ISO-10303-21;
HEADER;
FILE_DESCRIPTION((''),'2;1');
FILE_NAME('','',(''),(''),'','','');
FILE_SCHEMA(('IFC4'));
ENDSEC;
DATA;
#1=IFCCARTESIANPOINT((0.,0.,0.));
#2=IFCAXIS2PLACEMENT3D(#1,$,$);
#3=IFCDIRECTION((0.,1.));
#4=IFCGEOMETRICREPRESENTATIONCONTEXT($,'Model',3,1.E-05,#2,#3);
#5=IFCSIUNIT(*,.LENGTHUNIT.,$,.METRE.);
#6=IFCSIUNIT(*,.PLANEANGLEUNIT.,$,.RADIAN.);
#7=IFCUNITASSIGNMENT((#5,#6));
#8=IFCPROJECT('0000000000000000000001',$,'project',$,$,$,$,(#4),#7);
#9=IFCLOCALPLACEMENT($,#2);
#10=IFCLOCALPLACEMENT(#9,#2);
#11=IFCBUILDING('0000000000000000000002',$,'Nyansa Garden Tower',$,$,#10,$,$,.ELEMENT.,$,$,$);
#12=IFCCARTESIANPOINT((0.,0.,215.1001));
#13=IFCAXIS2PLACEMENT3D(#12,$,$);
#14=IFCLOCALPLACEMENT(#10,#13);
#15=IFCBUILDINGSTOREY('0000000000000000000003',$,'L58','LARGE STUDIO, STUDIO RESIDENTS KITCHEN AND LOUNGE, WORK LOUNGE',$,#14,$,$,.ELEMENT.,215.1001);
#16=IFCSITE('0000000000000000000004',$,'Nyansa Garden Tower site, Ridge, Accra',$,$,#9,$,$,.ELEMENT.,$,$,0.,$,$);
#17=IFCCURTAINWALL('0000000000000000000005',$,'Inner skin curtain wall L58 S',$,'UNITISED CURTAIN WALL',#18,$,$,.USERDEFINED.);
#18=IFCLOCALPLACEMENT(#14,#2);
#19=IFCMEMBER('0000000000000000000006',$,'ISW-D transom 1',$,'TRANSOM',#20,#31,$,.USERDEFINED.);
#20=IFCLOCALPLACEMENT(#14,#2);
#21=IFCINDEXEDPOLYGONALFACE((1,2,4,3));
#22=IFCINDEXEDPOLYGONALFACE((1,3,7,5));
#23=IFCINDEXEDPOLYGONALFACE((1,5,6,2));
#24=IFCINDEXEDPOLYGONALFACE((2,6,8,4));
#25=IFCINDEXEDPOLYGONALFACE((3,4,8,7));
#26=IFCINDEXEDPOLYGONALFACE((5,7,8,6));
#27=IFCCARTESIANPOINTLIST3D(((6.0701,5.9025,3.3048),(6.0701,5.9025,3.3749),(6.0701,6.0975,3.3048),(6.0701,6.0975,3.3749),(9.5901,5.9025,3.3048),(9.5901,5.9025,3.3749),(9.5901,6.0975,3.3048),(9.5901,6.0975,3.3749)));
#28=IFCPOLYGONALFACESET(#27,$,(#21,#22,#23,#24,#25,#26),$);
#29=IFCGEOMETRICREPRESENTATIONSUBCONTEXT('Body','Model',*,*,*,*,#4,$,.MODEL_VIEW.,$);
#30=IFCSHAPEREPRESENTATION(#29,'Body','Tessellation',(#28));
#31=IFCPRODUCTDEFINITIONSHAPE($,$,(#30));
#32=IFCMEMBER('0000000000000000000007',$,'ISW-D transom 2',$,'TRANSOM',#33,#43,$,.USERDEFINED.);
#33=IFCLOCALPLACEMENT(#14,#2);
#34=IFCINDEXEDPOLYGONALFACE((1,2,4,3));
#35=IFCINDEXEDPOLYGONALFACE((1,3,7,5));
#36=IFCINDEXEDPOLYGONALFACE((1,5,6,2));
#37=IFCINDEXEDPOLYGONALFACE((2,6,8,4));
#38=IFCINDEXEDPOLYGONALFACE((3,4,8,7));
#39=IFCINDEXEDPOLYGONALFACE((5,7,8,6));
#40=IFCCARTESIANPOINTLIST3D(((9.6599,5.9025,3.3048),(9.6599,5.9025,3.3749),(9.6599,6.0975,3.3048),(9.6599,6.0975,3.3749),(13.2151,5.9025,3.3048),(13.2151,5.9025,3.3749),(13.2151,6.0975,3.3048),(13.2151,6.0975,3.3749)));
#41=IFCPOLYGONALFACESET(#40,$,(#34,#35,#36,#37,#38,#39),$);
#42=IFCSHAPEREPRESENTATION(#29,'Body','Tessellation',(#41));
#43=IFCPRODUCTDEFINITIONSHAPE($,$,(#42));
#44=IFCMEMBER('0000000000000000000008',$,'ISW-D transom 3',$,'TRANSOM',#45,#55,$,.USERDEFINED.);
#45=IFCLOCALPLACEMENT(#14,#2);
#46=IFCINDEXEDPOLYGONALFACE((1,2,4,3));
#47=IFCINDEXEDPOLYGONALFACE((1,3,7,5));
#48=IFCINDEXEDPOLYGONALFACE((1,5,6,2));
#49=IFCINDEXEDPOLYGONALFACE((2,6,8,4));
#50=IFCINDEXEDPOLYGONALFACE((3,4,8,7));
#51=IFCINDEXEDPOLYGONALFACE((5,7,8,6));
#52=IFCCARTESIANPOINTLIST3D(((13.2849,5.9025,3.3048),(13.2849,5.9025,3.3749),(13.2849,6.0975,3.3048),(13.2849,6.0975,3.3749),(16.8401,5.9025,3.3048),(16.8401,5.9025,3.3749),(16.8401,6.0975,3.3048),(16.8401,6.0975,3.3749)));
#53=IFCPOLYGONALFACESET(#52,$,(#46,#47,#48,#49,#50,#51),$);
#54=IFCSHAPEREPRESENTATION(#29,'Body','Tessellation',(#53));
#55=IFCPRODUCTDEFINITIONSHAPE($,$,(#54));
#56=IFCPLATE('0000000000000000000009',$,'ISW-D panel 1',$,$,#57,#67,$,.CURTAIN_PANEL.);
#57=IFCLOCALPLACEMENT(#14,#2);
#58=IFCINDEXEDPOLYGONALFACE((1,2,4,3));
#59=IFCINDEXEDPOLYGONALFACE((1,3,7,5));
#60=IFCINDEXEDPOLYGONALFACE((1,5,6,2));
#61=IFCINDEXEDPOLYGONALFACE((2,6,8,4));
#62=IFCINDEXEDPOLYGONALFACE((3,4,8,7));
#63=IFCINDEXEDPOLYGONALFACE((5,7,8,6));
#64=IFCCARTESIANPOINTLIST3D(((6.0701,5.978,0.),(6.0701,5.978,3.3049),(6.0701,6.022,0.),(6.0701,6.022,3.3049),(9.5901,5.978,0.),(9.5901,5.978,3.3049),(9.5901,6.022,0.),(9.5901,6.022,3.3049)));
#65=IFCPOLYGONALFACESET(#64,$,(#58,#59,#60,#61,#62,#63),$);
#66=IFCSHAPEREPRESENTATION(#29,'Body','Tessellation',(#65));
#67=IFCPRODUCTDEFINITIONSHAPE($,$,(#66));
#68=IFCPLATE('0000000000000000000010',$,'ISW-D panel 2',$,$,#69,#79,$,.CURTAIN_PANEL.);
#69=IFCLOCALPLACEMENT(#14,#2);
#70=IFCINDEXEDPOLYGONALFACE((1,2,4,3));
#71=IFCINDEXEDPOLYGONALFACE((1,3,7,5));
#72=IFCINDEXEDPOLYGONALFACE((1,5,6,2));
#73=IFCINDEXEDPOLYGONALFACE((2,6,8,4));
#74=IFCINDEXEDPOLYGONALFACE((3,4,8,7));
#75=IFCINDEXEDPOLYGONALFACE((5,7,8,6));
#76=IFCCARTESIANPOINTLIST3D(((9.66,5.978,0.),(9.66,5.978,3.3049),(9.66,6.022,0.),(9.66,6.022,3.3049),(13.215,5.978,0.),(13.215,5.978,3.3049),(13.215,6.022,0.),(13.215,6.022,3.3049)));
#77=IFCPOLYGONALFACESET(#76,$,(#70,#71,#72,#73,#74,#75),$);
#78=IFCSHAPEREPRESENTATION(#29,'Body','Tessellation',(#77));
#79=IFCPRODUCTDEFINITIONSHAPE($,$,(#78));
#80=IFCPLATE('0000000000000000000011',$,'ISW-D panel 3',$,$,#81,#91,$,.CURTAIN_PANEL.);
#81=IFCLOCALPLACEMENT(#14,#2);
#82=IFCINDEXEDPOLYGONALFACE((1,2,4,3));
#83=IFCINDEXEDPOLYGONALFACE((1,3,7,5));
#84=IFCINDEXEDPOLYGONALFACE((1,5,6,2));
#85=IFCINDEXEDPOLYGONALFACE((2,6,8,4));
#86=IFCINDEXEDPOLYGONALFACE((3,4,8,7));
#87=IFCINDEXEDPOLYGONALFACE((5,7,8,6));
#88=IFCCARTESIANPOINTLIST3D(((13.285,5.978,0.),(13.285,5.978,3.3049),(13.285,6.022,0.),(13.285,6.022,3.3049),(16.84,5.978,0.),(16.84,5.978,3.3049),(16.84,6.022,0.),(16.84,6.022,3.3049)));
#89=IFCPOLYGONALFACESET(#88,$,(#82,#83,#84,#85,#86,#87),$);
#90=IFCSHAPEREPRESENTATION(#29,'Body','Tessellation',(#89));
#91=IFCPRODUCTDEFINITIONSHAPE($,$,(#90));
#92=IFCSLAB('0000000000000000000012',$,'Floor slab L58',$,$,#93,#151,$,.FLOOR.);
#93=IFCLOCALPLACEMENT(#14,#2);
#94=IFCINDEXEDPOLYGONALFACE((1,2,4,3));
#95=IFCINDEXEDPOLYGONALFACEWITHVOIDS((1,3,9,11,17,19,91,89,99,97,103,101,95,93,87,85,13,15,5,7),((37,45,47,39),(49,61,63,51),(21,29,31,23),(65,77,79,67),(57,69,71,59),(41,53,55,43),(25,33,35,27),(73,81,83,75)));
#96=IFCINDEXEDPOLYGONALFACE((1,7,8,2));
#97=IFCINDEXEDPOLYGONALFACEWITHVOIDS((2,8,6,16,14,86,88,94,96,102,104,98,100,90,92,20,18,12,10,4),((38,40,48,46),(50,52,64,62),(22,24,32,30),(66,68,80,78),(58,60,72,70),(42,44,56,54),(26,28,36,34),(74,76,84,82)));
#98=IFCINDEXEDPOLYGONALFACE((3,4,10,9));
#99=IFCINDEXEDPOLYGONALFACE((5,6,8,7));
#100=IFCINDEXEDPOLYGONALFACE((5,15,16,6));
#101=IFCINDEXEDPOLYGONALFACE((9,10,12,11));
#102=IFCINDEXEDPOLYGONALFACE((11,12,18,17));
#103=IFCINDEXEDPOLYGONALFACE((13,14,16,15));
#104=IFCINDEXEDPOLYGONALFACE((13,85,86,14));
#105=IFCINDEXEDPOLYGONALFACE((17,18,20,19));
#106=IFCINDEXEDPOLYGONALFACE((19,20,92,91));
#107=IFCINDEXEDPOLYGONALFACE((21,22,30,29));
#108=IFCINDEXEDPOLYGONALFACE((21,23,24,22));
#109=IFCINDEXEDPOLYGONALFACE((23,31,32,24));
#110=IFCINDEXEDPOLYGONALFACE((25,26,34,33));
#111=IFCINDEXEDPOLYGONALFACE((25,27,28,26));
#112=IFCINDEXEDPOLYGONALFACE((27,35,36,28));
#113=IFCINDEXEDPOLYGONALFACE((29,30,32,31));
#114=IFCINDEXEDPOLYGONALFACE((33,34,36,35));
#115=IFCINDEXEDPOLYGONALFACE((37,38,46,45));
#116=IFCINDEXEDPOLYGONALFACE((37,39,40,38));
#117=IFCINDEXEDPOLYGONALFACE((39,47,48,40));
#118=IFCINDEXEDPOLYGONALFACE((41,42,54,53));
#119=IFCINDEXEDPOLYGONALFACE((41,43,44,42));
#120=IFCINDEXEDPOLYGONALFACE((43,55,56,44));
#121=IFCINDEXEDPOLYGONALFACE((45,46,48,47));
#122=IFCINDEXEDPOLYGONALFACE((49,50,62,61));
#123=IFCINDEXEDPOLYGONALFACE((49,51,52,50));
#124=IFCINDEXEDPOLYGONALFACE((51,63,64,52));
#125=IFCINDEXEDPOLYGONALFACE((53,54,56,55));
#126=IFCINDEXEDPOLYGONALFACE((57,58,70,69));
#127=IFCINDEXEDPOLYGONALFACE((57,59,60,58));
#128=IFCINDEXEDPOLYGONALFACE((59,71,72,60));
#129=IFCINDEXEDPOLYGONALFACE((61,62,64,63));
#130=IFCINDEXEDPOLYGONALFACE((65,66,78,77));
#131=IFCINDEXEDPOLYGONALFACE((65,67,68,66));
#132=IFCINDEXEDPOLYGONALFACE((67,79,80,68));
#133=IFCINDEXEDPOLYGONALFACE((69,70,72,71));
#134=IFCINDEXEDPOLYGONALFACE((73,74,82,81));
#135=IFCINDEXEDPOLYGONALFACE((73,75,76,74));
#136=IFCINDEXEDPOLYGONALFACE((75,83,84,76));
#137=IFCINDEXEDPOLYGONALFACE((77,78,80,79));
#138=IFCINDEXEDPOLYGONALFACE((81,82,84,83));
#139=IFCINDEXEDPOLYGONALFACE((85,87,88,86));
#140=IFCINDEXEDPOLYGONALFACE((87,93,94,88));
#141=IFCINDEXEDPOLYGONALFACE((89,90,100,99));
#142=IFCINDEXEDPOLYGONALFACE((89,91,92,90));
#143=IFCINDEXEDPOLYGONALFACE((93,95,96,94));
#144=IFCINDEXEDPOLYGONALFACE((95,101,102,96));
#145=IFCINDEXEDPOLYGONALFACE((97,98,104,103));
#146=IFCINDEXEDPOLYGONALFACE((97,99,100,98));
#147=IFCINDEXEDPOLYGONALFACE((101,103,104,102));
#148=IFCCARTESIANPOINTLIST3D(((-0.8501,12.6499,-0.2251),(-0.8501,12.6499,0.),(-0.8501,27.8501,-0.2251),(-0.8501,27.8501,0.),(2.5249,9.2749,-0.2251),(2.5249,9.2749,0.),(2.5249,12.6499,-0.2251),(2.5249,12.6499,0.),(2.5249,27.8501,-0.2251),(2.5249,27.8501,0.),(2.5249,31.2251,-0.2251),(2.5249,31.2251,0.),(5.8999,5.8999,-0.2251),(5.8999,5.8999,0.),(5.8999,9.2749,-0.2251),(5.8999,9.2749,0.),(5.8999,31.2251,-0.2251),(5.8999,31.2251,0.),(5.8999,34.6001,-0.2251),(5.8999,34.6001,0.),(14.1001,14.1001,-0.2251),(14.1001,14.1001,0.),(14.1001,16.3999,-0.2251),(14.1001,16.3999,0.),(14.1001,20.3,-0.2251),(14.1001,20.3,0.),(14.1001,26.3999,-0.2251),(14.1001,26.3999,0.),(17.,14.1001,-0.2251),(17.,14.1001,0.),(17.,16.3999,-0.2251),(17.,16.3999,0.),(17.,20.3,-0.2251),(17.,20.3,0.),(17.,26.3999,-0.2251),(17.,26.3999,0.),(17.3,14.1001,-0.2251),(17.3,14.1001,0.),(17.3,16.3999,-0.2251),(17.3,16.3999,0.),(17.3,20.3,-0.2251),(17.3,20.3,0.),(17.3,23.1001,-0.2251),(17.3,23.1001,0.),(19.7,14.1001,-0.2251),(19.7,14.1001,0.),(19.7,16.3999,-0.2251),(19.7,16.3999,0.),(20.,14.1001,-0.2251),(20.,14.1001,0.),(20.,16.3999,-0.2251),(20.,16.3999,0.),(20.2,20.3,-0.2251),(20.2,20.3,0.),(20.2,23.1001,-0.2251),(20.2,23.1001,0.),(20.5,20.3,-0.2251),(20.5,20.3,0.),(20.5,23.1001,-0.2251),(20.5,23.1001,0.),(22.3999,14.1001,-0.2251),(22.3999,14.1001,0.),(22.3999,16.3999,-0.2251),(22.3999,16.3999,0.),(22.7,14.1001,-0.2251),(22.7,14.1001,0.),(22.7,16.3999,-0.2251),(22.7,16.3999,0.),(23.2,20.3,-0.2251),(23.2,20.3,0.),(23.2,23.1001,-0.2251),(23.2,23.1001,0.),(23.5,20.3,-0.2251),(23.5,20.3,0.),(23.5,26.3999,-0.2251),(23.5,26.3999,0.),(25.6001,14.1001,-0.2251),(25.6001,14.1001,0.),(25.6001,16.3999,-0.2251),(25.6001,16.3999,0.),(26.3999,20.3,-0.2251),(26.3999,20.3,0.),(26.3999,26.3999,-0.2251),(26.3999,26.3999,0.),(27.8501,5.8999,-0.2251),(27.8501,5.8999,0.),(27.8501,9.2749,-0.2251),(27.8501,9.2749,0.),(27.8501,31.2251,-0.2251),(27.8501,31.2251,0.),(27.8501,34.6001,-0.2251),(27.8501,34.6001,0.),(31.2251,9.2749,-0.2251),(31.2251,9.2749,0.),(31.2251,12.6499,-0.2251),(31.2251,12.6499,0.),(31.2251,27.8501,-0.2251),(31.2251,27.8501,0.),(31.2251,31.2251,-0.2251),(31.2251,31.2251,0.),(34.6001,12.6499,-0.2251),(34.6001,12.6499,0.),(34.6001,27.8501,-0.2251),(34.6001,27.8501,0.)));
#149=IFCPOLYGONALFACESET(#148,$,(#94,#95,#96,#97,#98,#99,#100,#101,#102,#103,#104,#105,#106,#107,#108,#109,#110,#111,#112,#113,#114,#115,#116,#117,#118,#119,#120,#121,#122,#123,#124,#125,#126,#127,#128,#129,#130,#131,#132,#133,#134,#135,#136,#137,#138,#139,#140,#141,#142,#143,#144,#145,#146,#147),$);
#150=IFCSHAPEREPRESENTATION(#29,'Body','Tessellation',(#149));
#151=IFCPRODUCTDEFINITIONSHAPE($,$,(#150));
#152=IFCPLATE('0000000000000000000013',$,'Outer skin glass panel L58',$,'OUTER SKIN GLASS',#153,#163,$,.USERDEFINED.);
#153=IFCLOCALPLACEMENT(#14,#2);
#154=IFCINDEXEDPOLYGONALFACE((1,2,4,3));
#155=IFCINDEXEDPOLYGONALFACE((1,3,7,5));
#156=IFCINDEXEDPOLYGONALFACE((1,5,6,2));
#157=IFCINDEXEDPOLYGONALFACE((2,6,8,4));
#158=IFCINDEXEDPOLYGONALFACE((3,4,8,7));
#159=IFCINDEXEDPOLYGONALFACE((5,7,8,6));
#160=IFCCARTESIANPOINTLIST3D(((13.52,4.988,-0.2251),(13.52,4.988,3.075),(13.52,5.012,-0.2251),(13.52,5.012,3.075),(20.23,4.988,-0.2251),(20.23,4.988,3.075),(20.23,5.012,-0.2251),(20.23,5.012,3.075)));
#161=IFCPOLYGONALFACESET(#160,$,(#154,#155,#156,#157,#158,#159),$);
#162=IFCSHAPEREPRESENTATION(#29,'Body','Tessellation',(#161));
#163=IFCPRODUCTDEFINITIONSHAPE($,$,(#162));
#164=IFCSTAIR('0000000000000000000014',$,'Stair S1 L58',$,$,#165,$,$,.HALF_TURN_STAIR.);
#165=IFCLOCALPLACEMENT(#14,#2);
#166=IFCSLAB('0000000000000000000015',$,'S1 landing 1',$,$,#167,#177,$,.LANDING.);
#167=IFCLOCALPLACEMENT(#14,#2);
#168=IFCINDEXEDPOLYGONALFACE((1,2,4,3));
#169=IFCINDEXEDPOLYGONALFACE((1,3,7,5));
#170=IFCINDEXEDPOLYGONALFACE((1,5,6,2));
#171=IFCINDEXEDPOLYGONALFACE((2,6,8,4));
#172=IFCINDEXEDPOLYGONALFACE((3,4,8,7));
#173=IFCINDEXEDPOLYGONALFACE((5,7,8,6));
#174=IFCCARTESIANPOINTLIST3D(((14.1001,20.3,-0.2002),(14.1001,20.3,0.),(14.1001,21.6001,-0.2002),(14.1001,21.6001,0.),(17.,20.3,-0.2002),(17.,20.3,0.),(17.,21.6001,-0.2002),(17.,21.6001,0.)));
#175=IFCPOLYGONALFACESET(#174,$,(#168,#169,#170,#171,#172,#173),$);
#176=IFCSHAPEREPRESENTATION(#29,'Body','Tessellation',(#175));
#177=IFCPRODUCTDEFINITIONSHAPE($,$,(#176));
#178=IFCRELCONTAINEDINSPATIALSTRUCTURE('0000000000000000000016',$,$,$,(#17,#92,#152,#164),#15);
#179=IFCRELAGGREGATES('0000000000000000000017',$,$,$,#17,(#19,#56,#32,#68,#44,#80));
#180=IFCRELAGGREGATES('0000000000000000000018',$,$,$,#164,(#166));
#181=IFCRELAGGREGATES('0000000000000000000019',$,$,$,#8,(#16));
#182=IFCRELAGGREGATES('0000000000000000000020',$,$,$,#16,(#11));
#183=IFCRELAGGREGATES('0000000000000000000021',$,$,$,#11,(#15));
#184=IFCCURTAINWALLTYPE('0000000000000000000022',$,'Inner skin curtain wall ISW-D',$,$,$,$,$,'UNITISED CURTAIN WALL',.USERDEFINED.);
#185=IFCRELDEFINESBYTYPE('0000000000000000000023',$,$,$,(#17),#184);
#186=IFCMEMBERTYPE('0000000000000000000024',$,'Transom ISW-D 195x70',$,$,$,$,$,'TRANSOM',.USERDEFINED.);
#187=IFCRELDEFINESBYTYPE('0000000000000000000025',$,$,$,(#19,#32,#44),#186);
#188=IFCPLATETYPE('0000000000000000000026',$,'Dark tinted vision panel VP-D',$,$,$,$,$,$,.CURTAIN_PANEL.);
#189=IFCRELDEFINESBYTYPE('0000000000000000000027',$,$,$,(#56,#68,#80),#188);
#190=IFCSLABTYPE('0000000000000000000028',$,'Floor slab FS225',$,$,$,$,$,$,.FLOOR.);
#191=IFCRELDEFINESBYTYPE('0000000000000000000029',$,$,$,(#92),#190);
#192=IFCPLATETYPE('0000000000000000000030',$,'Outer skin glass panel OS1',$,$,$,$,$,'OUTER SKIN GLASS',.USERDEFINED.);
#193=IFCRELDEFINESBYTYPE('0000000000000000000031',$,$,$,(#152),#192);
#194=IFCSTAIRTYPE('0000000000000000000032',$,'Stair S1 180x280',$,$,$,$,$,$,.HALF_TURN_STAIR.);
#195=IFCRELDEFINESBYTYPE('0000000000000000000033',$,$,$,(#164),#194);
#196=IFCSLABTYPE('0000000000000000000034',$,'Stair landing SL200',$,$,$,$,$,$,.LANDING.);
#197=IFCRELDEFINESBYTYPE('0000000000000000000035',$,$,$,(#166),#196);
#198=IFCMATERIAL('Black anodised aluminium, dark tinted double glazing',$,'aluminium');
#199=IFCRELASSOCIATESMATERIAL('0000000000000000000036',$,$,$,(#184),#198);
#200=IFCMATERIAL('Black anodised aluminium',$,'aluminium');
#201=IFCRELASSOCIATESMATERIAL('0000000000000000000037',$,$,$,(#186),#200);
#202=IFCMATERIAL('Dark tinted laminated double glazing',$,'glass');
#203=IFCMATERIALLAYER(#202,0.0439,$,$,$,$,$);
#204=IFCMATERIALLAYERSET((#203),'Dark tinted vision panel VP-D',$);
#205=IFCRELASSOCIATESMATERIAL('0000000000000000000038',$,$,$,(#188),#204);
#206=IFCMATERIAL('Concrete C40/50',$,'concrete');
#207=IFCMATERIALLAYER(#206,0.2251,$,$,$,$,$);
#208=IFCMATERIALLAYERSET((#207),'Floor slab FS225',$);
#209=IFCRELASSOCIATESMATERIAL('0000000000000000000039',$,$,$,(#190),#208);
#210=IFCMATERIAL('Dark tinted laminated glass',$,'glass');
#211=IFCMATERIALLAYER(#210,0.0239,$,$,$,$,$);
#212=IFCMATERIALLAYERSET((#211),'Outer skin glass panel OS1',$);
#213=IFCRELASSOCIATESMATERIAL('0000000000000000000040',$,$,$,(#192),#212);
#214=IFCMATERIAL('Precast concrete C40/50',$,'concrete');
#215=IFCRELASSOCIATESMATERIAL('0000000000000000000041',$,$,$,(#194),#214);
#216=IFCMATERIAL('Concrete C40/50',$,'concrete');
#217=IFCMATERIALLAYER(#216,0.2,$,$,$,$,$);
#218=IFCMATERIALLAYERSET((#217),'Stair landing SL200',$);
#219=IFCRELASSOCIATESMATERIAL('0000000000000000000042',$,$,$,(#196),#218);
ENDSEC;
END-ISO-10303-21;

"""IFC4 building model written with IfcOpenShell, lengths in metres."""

from ifc_helpers import new_model, si_unit, direction, frame, origin, origin_2d, place, context, subcontext, project, spatial, polyline, rectangle, outline, extrude, material, layer, layer_set, material_profile, profile_set, type_object, element, aggregate, save


model = new_model("IFC4")

# Units and contexts
model_context = context("Model", 3, precision=1e-05, world=origin(), true_north=direction((0.0, 1.0)))
body_context = subcontext(model_context, "Body", "Model", "MODEL_VIEW")
ifc_project = project(units=[si_unit("LENGTHUNIT", "METRE"), si_unit("PLANEANGLEUNIT", "RADIAN")], contexts=[model_context])

# Site, building, storey
site_placement = place(None, origin())
site = spatial("IfcSite", under=ifc_project, at=site_placement, Name="Nyansa Garden Tower site, Ridge, Accra", CompositionType="ELEMENT", RefElevation=0.0)
building_placement = place(site_placement, origin())
building = spatial("IfcBuilding", under=site, at=building_placement, Name="Nyansa Garden Tower", CompositionType="ELEMENT")
storey_placement = place(building_placement, frame((0.0, 0.0, 215.1001)))
storey = spatial("IfcBuildingStorey", under=building, at=storey_placement, Name="L58", Description="LARGE STUDIO, STUDIO RESIDENTS KITCHEN AND LOUNGE, WORK LOUNGE", CompositionType="ELEMENT", Elevation=215.1001)

# Curtain wall
ifc_material_1 = material(Name="Black anodised aluminium, dark tinted double glazing", Category="aluminium")
curtain_wall_type = type_object("IfcCurtainWallType", Name="Inner skin curtain wall ISW-D", ElementType="UNITISED CURTAIN WALL", PredefinedType="USERDEFINED", material=ifc_material_1)
curtain_wall_placement = place(storey_placement, origin())
curtain_wall = element("IfcCurtainWall", 1, at=curtain_wall_placement, inside=storey, type_object=curtain_wall_type, Name="Inner skin curtain wall L58 S", ObjectType="UNITISED CURTAIN WALL", PredefinedType="USERDEFINED")

# Members
ifc_material_2 = material(Name="Black anodised aluminium", Category="aluminium")
ifc_material_profile_1 = material_profile(ifc_material_2, rectangle(XDim=0.1951, YDim=0.0701, at=origin_2d()), Name="Transom 195x70")
ifc_profile_set_1 = profile_set([ifc_material_profile_1], Name="Black anodised aluminium")
member_type_1 = type_object("IfcMemberType", Name="Transom ISW-D 195x70", ElementType="TRANSOM", PredefinedType="USERDEFINED", material=ifc_profile_set_1)
member_1_placement = place(storey_placement, frame((6.0701, 6.0, 3.3398), z_axis=(1.0, 0.0, 0.0), x_axis=(0.0, 1.0, 0.0)))
member_1 = element("IfcMember", 2, at=member_1_placement, type_object=member_type_1, Name="ISW-D transom 1", ObjectType="TRANSOM", PredefinedType="USERDEFINED", context=body_context, shape_type="SweptSolid", body=[
    extrude(rectangle(XDim=0.1951, YDim=0.0701, at=origin_2d()), origin(), (0.0, 0.0, 1.0), 3.52),
])
member_2_placement = place(storey_placement, frame((9.6599, 6.0, 3.3398), z_axis=(1.0, 0.0, 0.0), x_axis=(0.0, 1.0, 0.0)))
member_2 = element("IfcMember", 3, at=member_2_placement, type_object=member_type_1, Name="ISW-D transom 2", ObjectType="TRANSOM", PredefinedType="USERDEFINED", context=body_context, shape_type="SweptSolid", body=[
    extrude(rectangle(XDim=0.1951, YDim=0.0701, at=origin_2d()), origin(), (0.0, 0.0, 1.0), 3.5552),
])
member_3_placement = place(storey_placement, frame((13.2849, 6.0, 3.3398), z_axis=(1.0, 0.0, 0.0), x_axis=(0.0, 1.0, 0.0)))
member_3 = element("IfcMember", 4, at=member_3_placement, type_object=member_type_1, Name="ISW-D transom 3", ObjectType="TRANSOM", PredefinedType="USERDEFINED", context=body_context, shape_type="SweptSolid", body=[
    extrude(rectangle(XDim=0.1951, YDim=0.0701, at=origin_2d()), origin(), (0.0, 0.0, 1.0), 3.5552),
])

# Plates
ifc_material_3 = material(Name="Dark tinted laminated double glazing", Category="glass")
ifc_layer_1 = layer(ifc_material_3, 0.0439)
ifc_layer_set_1 = layer_set([ifc_layer_1], Name="Dark tinted vision panel VP-D")
plate_type_1 = type_object("IfcPlateType", Name="Dark tinted vision panel VP-D", PredefinedType="CURTAIN_PANEL", material=ifc_layer_set_1)
plate_1_placement = place(storey_placement, frame((7.8301, 6.0, 0.0), z_axis=(0.0, 0.0, 1.0), x_axis=(1.0, 0.0, 0.0)))
plate_1 = element("IfcPlate", 5, at=plate_1_placement, type_object=plate_type_1, Name="ISW-D panel 1", PredefinedType="CURTAIN_PANEL", context=body_context, shape_type="SweptSolid", body=[
    extrude(rectangle(XDim=3.52, YDim=0.0439, at=origin_2d()), origin(), (0.0, 0.0, 1.0), 3.3049),
])
plate_2_placement = place(storey_placement, frame((11.4375, 6.0, 0.0), z_axis=(0.0, 0.0, 1.0), x_axis=(1.0, 0.0, 0.0)))
plate_2 = element("IfcPlate", 6, at=plate_2_placement, type_object=plate_type_1, Name="ISW-D panel 2", PredefinedType="CURTAIN_PANEL", context=body_context, shape_type="SweptSolid", body=[
    extrude(rectangle(XDim=3.5549, YDim=0.0439, at=origin_2d()), origin(), (0.0, 0.0, 1.0), 3.3049),
])
plate_3_placement = place(storey_placement, frame((15.0625, 6.0, 0.0), z_axis=(0.0, 0.0, 1.0), x_axis=(1.0, 0.0, 0.0)))
plate_3 = element("IfcPlate", 7, at=plate_3_placement, type_object=plate_type_1, Name="ISW-D panel 3", PredefinedType="CURTAIN_PANEL", context=body_context, shape_type="SweptSolid", body=[
    extrude(rectangle(XDim=3.5549, YDim=0.0439, at=origin_2d()), origin(), (0.0, 0.0, 1.0), 3.3049),
])
aggregate(curtain_wall, [member_1, plate_1, member_2, plate_2, member_3, plate_3])

# Slab
ifc_material_4 = material(Name="Concrete C40/50", Category="concrete")
ifc_layer_2 = layer(ifc_material_4, 0.2251)
ifc_layer_set_2 = layer_set([ifc_layer_2], Name="Floor slab FS225")
slab_type_1 = type_object("IfcSlabType", Name="Floor slab FS225", PredefinedType="FLOOR", material=ifc_layer_set_2)
slab_1_placement = place(storey_placement, frame((0.0, 0.0, -0.2251)))
element("IfcSlab", 8, at=slab_1_placement, inside=storey, type_object=slab_type_1, Name="Floor slab L58", PredefinedType="FLOOR", context=body_context, shape_type="SweptSolid", body=[
    extrude(outline(polyline([(34.6001, 12.6499), (31.2251, 12.6499), (31.2251, 9.2749), (27.8501, 9.2749), (27.8501, 5.8999), (5.8999, 5.8999), (5.8999, 9.2749), (2.5249, 9.2749), (2.5249, 12.6499), (-0.8501, 12.6499), (-0.8501, 27.8501), (2.5249, 27.8501), (2.5249, 31.2251), (5.8999, 31.2251), (5.8999, 34.6001), (27.8501, 34.6001), (27.8501, 31.2251), (31.2251, 31.2251), (31.2251, 27.8501), (34.6001, 27.8501), (34.6001, 12.6499)]), holes=[polyline([(14.1001, 14.1001), (17.0, 14.1001), (17.0, 16.3999), (14.1001, 16.3999), (14.1001, 14.1001)]), polyline([(17.3, 14.1001), (19.7, 14.1001), (19.7, 16.3999), (17.3, 16.3999), (17.3, 14.1001)]), polyline([(20.0, 14.1001), (22.3999, 14.1001), (22.3999, 16.3999), (20.0, 16.3999), (20.0, 14.1001)]), polyline([(22.7, 14.1001), (25.6001, 14.1001), (25.6001, 16.3999), (22.7, 16.3999), (22.7, 14.1001)]), polyline([(17.3, 20.3), (20.2, 20.3), (20.2, 23.1001), (17.3, 23.1001), (17.3, 20.3)]), polyline([(20.5, 20.3), (23.2, 20.3), (23.2, 23.1001), (20.5, 23.1001), (20.5, 20.3)]), polyline([(14.1001, 20.3), (17.0, 20.3), (17.0, 26.3999), (14.1001, 26.3999), (14.1001, 20.3)]), polyline([(23.5, 20.3), (26.3999, 20.3), (26.3999, 26.3999), (23.5, 26.3999), (23.5, 20.3)])]), origin(), (0.0, 0.0, 1.0), 0.2251),
])

# Plate
ifc_material_5 = material(Name="Dark tinted laminated glass", Category="glass")
ifc_layer_3 = layer(ifc_material_5, 0.0239)
ifc_layer_set_3 = layer_set([ifc_layer_3], Name="Outer skin glass panel OS1")
plate_type_2 = type_object("IfcPlateType", Name="Outer skin glass panel OS1", ElementType="OUTER SKIN GLASS", PredefinedType="USERDEFINED", material=ifc_layer_set_3)
plate_4_placement = place(storey_placement, frame((16.875, 5.0, -0.2251), z_axis=(0.0, 0.0, 1.0), x_axis=(1.0, 0.0, 0.0)))
element("IfcPlate", 9, at=plate_4_placement, inside=storey, type_object=plate_type_2, Name="Outer skin glass panel L58", ObjectType="OUTER SKIN GLASS", PredefinedType="USERDEFINED", context=body_context, shape_type="SweptSolid", body=[
    extrude(rectangle(XDim=6.71, YDim=0.0239, at=origin_2d()), origin(), (0.0, 0.0, 1.0), 3.3),
])

# Stair, slab
ifc_material_6 = material(Name="Precast concrete C40/50", Category="concrete")
stair_type_1 = type_object("IfcStairType", Name="Stair S1 180x280", PredefinedType="HALF_TURN_STAIR", material=ifc_material_6)
stair_1_placement = place(storey_placement, origin())
stair_1 = element("IfcStair", 10, at=stair_1_placement, inside=storey, type_object=stair_type_1, Name="Stair S1 L58", PredefinedType="HALF_TURN_STAIR")
ifc_material_7 = material(Name="Concrete C40/50", Category="concrete")
ifc_layer_4 = layer(ifc_material_7, 0.2)
ifc_layer_set_4 = layer_set([ifc_layer_4], Name="Stair landing SL200")
slab_type_2 = type_object("IfcSlabType", Name="Stair landing SL200", PredefinedType="LANDING", material=ifc_layer_set_4)
slab_2_placement = place(storey_placement, frame((0.0, 0.0, -0.2002)))
slab_2 = element("IfcSlab", 11, at=slab_2_placement, type_object=slab_type_2, Name="S1 landing 1", PredefinedType="LANDING", context=body_context, shape_type="SweptSolid", body=[
    extrude(outline(polyline([(14.1001, 20.3), (17.0, 20.3), (17.0, 21.6001), (14.1001, 21.6001), (14.1001, 20.3)])), origin(), (0.0, 0.0, 1.0), 0.2002),
])
aggregate(stair_1, [slab_2])

save(model, "model.ifc")
